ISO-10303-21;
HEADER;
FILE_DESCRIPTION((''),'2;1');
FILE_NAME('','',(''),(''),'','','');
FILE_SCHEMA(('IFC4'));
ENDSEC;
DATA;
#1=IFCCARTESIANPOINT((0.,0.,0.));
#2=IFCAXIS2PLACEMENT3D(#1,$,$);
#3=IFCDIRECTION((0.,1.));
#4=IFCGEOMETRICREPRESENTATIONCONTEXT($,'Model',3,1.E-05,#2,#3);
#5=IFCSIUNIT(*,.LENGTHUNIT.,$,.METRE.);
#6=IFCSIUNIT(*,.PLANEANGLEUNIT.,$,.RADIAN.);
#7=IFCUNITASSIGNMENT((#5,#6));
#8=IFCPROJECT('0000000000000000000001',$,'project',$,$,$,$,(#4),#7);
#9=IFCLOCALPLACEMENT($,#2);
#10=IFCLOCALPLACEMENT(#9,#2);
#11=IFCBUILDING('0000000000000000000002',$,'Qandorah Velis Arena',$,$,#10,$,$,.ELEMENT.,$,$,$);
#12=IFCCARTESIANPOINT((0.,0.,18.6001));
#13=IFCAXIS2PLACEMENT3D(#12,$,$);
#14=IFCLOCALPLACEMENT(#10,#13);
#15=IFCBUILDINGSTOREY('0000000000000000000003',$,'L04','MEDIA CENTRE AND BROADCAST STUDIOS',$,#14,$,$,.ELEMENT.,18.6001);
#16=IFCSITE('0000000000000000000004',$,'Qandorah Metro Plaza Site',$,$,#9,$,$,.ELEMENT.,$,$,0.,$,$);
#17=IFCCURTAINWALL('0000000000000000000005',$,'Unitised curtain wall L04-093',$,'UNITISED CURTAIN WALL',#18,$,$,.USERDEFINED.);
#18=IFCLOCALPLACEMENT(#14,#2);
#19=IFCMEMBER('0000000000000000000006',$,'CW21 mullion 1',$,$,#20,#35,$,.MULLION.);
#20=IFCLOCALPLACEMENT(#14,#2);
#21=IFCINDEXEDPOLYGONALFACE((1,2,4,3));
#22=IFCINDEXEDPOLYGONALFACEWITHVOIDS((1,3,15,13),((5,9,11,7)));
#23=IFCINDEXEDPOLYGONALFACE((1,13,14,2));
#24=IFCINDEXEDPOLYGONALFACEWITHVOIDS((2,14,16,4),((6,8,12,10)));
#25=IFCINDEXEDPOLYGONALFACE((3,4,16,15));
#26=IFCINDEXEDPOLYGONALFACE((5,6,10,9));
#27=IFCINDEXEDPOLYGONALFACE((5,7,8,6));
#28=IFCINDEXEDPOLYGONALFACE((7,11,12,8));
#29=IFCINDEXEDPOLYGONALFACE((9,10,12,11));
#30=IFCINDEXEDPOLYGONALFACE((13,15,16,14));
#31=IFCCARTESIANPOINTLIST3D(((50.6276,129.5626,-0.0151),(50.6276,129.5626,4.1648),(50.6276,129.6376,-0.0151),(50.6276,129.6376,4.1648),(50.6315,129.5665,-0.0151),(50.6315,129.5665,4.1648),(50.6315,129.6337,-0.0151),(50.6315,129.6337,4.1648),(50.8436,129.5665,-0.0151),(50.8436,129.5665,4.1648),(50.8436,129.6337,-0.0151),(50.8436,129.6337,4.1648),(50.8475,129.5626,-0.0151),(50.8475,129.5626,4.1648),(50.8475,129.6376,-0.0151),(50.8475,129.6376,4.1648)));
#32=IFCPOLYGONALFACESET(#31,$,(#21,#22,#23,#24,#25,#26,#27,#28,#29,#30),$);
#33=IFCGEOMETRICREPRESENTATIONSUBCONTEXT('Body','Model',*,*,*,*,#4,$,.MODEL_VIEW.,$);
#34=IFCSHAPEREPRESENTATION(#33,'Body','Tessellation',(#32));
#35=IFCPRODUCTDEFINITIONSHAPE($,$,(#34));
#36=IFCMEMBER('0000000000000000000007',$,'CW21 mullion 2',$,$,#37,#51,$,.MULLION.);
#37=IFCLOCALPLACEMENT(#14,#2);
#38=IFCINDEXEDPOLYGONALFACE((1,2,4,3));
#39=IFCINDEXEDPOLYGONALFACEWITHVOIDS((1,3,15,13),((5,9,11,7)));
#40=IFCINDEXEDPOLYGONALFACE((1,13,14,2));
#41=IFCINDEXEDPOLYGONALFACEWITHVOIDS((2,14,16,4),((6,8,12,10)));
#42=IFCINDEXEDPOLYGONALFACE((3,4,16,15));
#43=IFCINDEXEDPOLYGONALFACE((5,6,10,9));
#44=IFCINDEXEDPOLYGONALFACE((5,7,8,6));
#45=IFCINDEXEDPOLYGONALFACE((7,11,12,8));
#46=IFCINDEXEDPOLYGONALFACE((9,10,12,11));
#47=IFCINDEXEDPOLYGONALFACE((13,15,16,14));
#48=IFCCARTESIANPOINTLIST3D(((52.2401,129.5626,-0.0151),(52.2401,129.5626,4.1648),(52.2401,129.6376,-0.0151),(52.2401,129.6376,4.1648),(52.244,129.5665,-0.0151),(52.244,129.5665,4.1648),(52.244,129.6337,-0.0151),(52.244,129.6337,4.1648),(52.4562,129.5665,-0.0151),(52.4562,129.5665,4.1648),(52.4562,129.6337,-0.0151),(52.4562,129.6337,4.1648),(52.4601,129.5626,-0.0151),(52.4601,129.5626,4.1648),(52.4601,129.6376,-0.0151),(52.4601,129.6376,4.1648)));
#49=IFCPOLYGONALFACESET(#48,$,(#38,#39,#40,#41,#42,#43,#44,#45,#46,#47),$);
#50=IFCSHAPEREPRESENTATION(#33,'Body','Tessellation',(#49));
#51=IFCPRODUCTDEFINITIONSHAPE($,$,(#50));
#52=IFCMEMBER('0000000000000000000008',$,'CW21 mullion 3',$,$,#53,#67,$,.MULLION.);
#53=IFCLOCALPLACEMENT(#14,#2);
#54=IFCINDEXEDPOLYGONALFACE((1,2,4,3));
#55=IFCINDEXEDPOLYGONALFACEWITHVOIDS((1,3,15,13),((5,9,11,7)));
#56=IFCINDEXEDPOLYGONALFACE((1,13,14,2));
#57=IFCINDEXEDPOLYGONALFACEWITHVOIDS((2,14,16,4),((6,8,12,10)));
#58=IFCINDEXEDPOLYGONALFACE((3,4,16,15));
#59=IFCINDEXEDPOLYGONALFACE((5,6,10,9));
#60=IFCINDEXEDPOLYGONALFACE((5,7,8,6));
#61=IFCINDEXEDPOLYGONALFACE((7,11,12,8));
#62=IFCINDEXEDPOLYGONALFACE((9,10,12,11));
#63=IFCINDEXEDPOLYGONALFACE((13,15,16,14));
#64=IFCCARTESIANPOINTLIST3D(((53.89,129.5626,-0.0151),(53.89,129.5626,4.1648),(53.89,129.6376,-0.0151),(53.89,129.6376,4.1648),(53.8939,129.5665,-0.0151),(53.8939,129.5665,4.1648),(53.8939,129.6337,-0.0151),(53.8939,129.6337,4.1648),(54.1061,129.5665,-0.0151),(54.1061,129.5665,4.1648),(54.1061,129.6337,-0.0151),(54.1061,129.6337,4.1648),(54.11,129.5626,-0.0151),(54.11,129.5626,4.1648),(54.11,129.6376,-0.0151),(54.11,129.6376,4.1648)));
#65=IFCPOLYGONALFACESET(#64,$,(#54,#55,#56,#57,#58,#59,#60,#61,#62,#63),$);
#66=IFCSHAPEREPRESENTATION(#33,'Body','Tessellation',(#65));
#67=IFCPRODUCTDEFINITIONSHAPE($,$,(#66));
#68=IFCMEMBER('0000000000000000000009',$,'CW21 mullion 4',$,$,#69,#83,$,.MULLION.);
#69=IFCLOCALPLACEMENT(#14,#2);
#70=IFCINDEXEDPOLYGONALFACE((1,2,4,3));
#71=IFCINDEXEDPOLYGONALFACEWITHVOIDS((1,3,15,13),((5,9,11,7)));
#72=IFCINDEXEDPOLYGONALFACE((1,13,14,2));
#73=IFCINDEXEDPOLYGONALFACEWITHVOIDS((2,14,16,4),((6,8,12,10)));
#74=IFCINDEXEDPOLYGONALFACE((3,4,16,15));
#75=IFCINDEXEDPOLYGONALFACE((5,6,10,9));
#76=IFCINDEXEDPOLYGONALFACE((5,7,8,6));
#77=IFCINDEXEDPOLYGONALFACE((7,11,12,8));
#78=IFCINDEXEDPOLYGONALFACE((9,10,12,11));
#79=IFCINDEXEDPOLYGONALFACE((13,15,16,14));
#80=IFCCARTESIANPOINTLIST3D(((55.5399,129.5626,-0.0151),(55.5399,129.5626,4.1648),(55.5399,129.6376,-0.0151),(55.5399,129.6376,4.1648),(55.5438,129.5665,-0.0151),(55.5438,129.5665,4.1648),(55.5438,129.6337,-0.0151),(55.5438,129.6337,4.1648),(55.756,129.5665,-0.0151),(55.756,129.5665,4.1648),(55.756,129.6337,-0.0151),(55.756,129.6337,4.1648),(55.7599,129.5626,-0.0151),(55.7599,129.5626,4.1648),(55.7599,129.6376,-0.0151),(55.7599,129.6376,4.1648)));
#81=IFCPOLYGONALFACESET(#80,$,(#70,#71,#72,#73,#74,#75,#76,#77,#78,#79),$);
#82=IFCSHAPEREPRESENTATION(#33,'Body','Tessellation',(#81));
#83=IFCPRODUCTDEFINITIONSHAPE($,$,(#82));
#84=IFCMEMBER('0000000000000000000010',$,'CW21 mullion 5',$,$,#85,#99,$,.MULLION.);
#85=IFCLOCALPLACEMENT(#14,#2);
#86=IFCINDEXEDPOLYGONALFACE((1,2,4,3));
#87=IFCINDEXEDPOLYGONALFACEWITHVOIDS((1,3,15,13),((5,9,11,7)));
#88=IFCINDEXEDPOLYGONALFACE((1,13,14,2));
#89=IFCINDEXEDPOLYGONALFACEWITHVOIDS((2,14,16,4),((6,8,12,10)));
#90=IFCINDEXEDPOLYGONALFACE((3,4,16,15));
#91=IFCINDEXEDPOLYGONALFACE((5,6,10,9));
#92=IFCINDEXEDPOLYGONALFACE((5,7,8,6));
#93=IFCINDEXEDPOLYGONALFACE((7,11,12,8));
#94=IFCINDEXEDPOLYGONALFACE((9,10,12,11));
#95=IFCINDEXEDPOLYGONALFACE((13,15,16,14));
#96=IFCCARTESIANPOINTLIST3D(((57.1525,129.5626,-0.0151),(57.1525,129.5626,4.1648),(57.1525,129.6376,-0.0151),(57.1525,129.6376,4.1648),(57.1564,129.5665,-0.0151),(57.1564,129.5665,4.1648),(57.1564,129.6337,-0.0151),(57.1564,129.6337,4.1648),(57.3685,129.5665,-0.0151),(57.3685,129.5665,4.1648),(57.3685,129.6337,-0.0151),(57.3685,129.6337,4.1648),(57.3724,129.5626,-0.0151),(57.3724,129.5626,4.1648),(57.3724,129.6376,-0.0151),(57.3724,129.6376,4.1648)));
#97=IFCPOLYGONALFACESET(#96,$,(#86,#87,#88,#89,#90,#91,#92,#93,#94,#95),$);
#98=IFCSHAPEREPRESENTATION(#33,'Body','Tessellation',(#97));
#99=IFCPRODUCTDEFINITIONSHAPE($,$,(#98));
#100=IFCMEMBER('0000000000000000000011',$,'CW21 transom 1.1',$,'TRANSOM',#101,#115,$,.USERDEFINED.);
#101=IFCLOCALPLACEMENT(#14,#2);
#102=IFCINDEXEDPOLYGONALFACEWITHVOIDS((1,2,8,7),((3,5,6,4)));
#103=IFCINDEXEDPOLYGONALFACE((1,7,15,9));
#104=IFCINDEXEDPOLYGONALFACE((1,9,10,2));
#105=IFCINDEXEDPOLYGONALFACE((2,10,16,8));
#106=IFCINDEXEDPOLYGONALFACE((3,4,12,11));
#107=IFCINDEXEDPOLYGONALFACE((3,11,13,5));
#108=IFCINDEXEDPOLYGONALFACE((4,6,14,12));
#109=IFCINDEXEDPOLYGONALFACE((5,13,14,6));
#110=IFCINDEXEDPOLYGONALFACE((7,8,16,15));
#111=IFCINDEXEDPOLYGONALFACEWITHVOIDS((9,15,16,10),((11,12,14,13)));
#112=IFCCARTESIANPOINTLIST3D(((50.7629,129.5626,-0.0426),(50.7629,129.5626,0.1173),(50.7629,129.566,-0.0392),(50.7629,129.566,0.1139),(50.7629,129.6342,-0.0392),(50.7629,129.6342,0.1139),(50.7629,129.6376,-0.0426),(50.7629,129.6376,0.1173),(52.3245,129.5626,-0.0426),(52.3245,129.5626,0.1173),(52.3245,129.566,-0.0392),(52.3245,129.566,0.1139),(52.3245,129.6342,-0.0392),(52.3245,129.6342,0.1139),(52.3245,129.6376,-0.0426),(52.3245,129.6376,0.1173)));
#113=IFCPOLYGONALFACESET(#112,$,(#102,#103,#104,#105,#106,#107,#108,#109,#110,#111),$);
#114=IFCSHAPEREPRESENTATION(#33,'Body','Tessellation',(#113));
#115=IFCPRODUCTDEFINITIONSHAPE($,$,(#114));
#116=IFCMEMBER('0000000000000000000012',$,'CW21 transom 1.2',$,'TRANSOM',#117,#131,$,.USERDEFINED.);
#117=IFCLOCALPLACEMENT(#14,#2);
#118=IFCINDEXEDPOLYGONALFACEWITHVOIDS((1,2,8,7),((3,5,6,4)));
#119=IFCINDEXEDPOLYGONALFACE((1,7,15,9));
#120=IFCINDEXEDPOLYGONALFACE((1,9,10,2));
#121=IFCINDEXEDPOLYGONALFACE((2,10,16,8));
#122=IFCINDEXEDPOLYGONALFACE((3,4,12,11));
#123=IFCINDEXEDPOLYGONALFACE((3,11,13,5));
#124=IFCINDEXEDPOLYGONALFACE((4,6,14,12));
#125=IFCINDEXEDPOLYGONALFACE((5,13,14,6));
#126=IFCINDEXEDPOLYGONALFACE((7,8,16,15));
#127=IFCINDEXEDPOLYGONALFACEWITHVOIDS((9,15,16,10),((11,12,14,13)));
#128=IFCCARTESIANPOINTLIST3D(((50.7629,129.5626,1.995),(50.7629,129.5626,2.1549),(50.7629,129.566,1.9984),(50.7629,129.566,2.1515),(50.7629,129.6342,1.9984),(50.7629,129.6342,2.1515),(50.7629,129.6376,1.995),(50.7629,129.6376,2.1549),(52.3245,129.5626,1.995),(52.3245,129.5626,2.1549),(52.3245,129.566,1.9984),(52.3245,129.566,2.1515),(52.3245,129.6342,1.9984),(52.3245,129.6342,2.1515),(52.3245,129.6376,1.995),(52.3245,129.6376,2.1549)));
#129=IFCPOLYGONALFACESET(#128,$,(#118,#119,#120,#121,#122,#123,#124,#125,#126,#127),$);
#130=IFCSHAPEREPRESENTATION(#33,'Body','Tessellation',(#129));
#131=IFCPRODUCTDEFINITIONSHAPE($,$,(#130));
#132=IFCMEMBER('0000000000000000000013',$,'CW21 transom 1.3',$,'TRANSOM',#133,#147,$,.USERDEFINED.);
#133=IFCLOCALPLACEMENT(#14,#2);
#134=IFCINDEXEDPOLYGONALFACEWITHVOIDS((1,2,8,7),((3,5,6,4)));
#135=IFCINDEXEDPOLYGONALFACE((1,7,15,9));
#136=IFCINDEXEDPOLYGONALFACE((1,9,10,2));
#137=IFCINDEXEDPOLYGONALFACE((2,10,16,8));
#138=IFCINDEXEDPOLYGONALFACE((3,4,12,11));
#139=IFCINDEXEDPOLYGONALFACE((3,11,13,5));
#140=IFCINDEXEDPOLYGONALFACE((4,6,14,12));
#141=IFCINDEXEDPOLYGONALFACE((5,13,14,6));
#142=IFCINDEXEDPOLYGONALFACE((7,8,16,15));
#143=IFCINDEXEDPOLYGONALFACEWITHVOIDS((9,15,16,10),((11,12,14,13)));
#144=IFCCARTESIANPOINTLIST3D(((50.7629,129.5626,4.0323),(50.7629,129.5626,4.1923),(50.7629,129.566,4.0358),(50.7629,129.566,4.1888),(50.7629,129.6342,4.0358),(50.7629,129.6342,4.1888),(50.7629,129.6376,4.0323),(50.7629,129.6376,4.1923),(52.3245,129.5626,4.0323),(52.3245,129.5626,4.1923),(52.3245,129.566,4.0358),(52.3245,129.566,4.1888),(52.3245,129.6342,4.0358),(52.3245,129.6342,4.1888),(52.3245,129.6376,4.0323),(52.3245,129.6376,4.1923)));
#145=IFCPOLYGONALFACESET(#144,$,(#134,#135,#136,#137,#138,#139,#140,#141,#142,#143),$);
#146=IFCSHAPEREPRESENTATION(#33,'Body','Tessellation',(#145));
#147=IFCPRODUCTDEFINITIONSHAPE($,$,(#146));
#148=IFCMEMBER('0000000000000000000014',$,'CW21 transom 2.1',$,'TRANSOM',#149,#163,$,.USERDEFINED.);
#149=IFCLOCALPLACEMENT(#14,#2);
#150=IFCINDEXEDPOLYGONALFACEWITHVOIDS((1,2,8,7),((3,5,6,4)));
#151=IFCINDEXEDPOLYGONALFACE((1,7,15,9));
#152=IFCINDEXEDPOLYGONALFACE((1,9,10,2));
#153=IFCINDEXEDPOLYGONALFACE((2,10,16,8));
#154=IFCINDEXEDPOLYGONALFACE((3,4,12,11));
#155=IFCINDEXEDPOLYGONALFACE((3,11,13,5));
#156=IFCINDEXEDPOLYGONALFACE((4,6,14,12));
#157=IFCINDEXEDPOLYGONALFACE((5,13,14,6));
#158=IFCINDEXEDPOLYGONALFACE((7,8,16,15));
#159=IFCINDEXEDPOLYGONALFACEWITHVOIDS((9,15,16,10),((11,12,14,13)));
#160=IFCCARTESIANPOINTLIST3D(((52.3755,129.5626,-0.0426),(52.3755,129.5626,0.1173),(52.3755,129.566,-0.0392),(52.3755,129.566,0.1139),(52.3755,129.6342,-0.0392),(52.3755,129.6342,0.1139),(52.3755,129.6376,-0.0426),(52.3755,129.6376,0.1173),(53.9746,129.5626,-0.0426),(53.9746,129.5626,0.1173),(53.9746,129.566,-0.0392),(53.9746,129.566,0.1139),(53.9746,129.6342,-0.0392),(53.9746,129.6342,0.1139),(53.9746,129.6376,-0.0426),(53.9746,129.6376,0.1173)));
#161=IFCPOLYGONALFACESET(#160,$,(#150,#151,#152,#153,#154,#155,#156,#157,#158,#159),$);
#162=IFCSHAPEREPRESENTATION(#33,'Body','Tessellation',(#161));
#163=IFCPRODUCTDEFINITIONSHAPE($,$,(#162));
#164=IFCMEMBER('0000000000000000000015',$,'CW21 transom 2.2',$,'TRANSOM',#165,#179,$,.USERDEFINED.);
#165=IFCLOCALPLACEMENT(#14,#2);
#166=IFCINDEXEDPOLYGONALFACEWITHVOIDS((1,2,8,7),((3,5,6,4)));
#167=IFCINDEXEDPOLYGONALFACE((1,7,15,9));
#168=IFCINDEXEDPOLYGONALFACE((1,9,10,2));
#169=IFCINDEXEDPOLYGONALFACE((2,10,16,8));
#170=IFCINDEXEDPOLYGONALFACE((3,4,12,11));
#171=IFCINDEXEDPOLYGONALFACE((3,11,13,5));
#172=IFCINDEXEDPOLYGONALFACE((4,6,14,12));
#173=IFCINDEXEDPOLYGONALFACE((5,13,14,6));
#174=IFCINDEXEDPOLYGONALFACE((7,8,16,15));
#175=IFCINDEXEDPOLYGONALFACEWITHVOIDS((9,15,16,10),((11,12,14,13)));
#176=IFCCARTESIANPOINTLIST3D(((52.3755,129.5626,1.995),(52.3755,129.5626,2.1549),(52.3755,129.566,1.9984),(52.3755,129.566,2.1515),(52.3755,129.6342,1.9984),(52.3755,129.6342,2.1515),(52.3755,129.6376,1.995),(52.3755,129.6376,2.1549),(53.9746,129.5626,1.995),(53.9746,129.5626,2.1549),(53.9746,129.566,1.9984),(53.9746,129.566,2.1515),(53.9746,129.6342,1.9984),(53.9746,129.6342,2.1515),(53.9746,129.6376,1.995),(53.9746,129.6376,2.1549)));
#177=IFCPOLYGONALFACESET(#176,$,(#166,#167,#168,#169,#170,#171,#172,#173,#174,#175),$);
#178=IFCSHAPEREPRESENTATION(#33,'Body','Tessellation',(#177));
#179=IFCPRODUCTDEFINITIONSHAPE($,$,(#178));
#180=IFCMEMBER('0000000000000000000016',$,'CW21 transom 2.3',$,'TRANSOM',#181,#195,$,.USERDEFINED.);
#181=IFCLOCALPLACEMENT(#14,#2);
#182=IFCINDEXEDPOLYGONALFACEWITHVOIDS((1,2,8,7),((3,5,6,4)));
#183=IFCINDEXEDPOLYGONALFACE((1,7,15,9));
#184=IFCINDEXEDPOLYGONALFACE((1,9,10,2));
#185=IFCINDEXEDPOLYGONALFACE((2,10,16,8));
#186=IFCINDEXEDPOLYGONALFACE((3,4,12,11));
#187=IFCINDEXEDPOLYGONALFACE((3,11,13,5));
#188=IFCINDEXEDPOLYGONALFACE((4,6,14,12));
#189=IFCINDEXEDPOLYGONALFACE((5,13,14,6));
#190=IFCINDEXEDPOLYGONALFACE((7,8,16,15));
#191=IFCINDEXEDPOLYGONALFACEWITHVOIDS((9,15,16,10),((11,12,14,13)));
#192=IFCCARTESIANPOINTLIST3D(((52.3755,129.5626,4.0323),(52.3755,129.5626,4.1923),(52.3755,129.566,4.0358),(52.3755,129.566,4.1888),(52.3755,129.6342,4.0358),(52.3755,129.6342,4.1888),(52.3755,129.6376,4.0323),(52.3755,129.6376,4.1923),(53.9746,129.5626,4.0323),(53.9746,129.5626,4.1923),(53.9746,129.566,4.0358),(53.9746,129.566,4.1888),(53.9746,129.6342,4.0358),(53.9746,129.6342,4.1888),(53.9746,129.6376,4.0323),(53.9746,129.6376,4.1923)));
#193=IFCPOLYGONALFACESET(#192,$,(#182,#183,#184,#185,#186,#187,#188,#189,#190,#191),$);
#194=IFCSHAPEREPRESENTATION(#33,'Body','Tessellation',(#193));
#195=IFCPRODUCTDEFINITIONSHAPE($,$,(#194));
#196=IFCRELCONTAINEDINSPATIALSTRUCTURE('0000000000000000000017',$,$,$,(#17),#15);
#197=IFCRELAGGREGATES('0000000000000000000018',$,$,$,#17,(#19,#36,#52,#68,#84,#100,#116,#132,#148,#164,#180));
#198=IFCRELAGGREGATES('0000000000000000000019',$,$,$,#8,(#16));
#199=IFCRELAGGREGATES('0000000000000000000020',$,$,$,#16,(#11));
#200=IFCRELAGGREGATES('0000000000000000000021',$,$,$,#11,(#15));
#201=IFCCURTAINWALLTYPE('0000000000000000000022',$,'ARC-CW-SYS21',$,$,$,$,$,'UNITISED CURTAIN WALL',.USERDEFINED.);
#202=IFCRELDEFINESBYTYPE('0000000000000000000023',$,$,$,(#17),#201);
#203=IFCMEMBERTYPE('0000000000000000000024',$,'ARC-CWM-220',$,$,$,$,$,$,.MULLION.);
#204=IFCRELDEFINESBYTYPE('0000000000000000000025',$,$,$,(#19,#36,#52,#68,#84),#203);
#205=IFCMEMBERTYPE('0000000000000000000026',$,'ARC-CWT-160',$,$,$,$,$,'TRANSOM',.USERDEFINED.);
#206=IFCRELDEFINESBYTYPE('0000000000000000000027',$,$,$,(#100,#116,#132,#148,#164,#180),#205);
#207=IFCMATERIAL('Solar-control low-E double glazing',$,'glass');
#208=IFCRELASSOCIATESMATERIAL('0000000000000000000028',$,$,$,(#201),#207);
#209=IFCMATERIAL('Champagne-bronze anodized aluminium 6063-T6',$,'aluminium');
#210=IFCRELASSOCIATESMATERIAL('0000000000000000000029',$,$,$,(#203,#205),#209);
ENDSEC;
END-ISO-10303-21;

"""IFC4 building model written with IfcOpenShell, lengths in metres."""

from ifc_helpers import new_model, si_unit, direction, frame, origin, origin_2d, place, context, subcontext, project, spatial, hollow_rectangle, extrude, material, material_profile, profile_set, type_object, element, aggregate, save


model = new_model("IFC4")

# Units and contexts
model_context = context("Model", 3, precision=1e-05, world=origin(), true_north=direction((0.0, 1.0)))
body_context = subcontext(model_context, "Body", "Model", "MODEL_VIEW")
ifc_project = project(units=[si_unit("LENGTHUNIT", "METRE"), si_unit("PLANEANGLEUNIT", "RADIAN")], contexts=[model_context])

# Site, building, storey
site_placement = place(None, origin())
site = spatial("IfcSite", under=ifc_project, at=site_placement, Name="Qandorah Metro Plaza Site", CompositionType="ELEMENT", RefElevation=0.0)
building_placement = place(site_placement, origin())
building = spatial("IfcBuilding", under=site, at=building_placement, Name="Qandorah Velis Arena", CompositionType="ELEMENT")
storey_placement = place(building_placement, frame((0.0, 0.0, 18.6001)))
storey = spatial("IfcBuildingStorey", under=building, at=storey_placement, Name="L04", Description="MEDIA CENTRE AND BROADCAST STUDIOS", CompositionType="ELEMENT", Elevation=18.6001)

# Curtain wall, members
ifc_material_1 = material(Name="Solar-control low-E double glazing", Category="glass")
curtain_wall_type = type_object("IfcCurtainWallType", Name="ARC-CW-SYS21", ElementType="UNITISED CURTAIN WALL", PredefinedType="USERDEFINED", material=ifc_material_1)
curtain_wall_placement = place(storey_placement, origin())
curtain_wall = element("IfcCurtainWall", 1, at=curtain_wall_placement, inside=storey, type_object=curtain_wall_type, Name="Unitised curtain wall L04-093", ObjectType="UNITISED CURTAIN WALL", PredefinedType="USERDEFINED")
ifc_material_2 = material(Name="Champagne-bronze anodized aluminium 6063-T6", Category="aluminium")
ifc_material_profile_1 = material_profile(ifc_material_2, hollow_rectangle(XDim=0.075, YDim=0.22, WallThickness=0.0039, at=origin_2d()), Name="ALU MULLION 75x220")
ifc_profile_set_1 = profile_set([ifc_material_profile_1], Name="Champagne-bronze anodized aluminium 6063-T6")
member_type_1 = type_object("IfcMemberType", Name="ARC-CWM-220", PredefinedType="MULLION", material=ifc_profile_set_1)
member_1_placement = place(storey_placement, frame((50.7375, 129.6001, -0.0151), z_axis=(0.0, 0.0, 1.0), x_axis=(0.0, 1.0, 0.0)))
member_1 = element("IfcMember", 2, at=member_1_placement, type_object=member_type_1, Name="CW21 mullion 1", PredefinedType="MULLION", context=body_context, shape_type="SweptSolid", body=[
    extrude(hollow_rectangle(XDim=0.075, YDim=0.22, WallThickness=0.0039, at=origin_2d()), origin(), (0.0, 0.0, 1.0), 4.1799),
])
member_2_placement = place(storey_placement, frame((52.3501, 129.6001, -0.0151), z_axis=(0.0, 0.0, 1.0), x_axis=(0.0, 1.0, 0.0)))
member_2 = element("IfcMember", 3, at=member_2_placement, type_object=member_type_1, Name="CW21 mullion 2", PredefinedType="MULLION", context=body_context, shape_type="SweptSolid", body=[
    extrude(hollow_rectangle(XDim=0.075, YDim=0.22, WallThickness=0.0039, at=origin_2d()), origin(), (0.0, 0.0, 1.0), 4.1799),
])
member_3_placement = place(storey_placement, frame((54.0, 129.6001, -0.0151), z_axis=(0.0, 0.0, 1.0), x_axis=(0.0, 1.0, 0.0)))
member_3 = element("IfcMember", 4, at=member_3_placement, type_object=member_type_1, Name="CW21 mullion 3", PredefinedType="MULLION", context=body_context, shape_type="SweptSolid", body=[
    extrude(hollow_rectangle(XDim=0.075, YDim=0.22, WallThickness=0.0039, at=origin_2d()), origin(), (0.0, 0.0, 1.0), 4.1799),
])
member_4_placement = place(storey_placement, frame((55.6499, 129.6001, -0.0151), z_axis=(0.0, 0.0, 1.0), x_axis=(0.0, 1.0, 0.0)))
member_4 = element("IfcMember", 5, at=member_4_placement, type_object=member_type_1, Name="CW21 mullion 4", PredefinedType="MULLION", context=body_context, shape_type="SweptSolid", body=[
    extrude(hollow_rectangle(XDim=0.075, YDim=0.22, WallThickness=0.0039, at=origin_2d()), origin(), (0.0, 0.0, 1.0), 4.1799),
])
member_5_placement = place(storey_placement, frame((57.2625, 129.6001, -0.0151), z_axis=(0.0, 0.0, 1.0), x_axis=(0.0, 1.0, 0.0)))
member_5 = element("IfcMember", 6, at=member_5_placement, type_object=member_type_1, Name="CW21 mullion 5", PredefinedType="MULLION", context=body_context, shape_type="SweptSolid", body=[
    extrude(hollow_rectangle(XDim=0.075, YDim=0.22, WallThickness=0.0039, at=origin_2d()), origin(), (0.0, 0.0, 1.0), 4.1799),
])
ifc_material_profile_2 = material_profile(ifc_material_2, hollow_rectangle(XDim=0.075, YDim=0.1599, WallThickness=0.0034, at=origin_2d()), Name="ALU TRANSOM 75x160")
ifc_profile_set_2 = profile_set([ifc_material_profile_2], Name="Champagne-bronze anodized aluminium 6063-T6")
member_type_2 = type_object("IfcMemberType", Name="ARC-CWT-160", ElementType="TRANSOM", PredefinedType="USERDEFINED", material=ifc_profile_set_2)
member_6_placement = place(storey_placement, frame((50.7629, 129.6001, 0.0374), z_axis=(1.0, 0.0, 0.0), x_axis=(0.0, 1.0, 0.0)))
member_6 = element("IfcMember", 7, at=member_6_placement, type_object=member_type_2, Name="CW21 transom 1.1", ObjectType="TRANSOM", PredefinedType="USERDEFINED", context=body_context, shape_type="SweptSolid", body=[
    extrude(hollow_rectangle(XDim=0.075, YDim=0.1599, WallThickness=0.0034, at=origin_2d()), origin(), (0.0, 0.0, 1.0), 1.5615),
])
member_7_placement = place(storey_placement, frame((50.7629, 129.6001, 2.075), z_axis=(1.0, 0.0, 0.0), x_axis=(0.0, 1.0, 0.0)))
member_7 = element("IfcMember", 8, at=member_7_placement, type_object=member_type_2, Name="CW21 transom 1.2", ObjectType="TRANSOM", PredefinedType="USERDEFINED", context=body_context, shape_type="SweptSolid", body=[
    extrude(hollow_rectangle(XDim=0.075, YDim=0.1599, WallThickness=0.0034, at=origin_2d()), origin(), (0.0, 0.0, 1.0), 1.5615),
])
member_8_placement = place(storey_placement, frame((50.7629, 129.6001, 4.1123), z_axis=(1.0, 0.0, 0.0), x_axis=(0.0, 1.0, 0.0)))
member_8 = element("IfcMember", 9, at=member_8_placement, type_object=member_type_2, Name="CW21 transom 1.3", ObjectType="TRANSOM", PredefinedType="USERDEFINED", context=body_context, shape_type="SweptSolid", body=[
    extrude(hollow_rectangle(XDim=0.075, YDim=0.1599, WallThickness=0.0034, at=origin_2d()), origin(), (0.0, 0.0, 1.0), 1.5615),
])
member_9_placement = place(storey_placement, frame((52.3755, 129.6001, 0.0374), z_axis=(1.0, 0.0, 0.0), x_axis=(0.0, 1.0, 0.0)))
member_9 = element("IfcMember", 10, at=member_9_placement, type_object=member_type_2, Name="CW21 transom 2.1", ObjectType="TRANSOM", PredefinedType="USERDEFINED", context=body_context, shape_type="SweptSolid", body=[
    extrude(hollow_rectangle(XDim=0.075, YDim=0.1599, WallThickness=0.0034, at=origin_2d()), origin(), (0.0, 0.0, 1.0), 1.5991),
])
member_10_placement = place(storey_placement, frame((52.3755, 129.6001, 2.075), z_axis=(1.0, 0.0, 0.0), x_axis=(0.0, 1.0, 0.0)))
member_10 = element("IfcMember", 11, at=member_10_placement, type_object=member_type_2, Name="CW21 transom 2.2", ObjectType="TRANSOM", PredefinedType="USERDEFINED", context=body_context, shape_type="SweptSolid", body=[
    extrude(hollow_rectangle(XDim=0.075, YDim=0.1599, WallThickness=0.0034, at=origin_2d()), origin(), (0.0, 0.0, 1.0), 1.5991),
])
member_11_placement = place(storey_placement, frame((52.3755, 129.6001, 4.1123), z_axis=(1.0, 0.0, 0.0), x_axis=(0.0, 1.0, 0.0)))
member_11 = element("IfcMember", 12, at=member_11_placement, type_object=member_type_2, Name="CW21 transom 2.3", ObjectType="TRANSOM", PredefinedType="USERDEFINED", context=body_context, shape_type="SweptSolid", body=[
    extrude(hollow_rectangle(XDim=0.075, YDim=0.1599, WallThickness=0.0034, at=origin_2d()), origin(), (0.0, 0.0, 1.0), 1.5991),
])

aggregate(curtain_wall, [member_1, member_2, member_3, member_4, member_5, member_6, member_7, member_8, member_9, member_10, member_11])

save(model, "model.ifc")
